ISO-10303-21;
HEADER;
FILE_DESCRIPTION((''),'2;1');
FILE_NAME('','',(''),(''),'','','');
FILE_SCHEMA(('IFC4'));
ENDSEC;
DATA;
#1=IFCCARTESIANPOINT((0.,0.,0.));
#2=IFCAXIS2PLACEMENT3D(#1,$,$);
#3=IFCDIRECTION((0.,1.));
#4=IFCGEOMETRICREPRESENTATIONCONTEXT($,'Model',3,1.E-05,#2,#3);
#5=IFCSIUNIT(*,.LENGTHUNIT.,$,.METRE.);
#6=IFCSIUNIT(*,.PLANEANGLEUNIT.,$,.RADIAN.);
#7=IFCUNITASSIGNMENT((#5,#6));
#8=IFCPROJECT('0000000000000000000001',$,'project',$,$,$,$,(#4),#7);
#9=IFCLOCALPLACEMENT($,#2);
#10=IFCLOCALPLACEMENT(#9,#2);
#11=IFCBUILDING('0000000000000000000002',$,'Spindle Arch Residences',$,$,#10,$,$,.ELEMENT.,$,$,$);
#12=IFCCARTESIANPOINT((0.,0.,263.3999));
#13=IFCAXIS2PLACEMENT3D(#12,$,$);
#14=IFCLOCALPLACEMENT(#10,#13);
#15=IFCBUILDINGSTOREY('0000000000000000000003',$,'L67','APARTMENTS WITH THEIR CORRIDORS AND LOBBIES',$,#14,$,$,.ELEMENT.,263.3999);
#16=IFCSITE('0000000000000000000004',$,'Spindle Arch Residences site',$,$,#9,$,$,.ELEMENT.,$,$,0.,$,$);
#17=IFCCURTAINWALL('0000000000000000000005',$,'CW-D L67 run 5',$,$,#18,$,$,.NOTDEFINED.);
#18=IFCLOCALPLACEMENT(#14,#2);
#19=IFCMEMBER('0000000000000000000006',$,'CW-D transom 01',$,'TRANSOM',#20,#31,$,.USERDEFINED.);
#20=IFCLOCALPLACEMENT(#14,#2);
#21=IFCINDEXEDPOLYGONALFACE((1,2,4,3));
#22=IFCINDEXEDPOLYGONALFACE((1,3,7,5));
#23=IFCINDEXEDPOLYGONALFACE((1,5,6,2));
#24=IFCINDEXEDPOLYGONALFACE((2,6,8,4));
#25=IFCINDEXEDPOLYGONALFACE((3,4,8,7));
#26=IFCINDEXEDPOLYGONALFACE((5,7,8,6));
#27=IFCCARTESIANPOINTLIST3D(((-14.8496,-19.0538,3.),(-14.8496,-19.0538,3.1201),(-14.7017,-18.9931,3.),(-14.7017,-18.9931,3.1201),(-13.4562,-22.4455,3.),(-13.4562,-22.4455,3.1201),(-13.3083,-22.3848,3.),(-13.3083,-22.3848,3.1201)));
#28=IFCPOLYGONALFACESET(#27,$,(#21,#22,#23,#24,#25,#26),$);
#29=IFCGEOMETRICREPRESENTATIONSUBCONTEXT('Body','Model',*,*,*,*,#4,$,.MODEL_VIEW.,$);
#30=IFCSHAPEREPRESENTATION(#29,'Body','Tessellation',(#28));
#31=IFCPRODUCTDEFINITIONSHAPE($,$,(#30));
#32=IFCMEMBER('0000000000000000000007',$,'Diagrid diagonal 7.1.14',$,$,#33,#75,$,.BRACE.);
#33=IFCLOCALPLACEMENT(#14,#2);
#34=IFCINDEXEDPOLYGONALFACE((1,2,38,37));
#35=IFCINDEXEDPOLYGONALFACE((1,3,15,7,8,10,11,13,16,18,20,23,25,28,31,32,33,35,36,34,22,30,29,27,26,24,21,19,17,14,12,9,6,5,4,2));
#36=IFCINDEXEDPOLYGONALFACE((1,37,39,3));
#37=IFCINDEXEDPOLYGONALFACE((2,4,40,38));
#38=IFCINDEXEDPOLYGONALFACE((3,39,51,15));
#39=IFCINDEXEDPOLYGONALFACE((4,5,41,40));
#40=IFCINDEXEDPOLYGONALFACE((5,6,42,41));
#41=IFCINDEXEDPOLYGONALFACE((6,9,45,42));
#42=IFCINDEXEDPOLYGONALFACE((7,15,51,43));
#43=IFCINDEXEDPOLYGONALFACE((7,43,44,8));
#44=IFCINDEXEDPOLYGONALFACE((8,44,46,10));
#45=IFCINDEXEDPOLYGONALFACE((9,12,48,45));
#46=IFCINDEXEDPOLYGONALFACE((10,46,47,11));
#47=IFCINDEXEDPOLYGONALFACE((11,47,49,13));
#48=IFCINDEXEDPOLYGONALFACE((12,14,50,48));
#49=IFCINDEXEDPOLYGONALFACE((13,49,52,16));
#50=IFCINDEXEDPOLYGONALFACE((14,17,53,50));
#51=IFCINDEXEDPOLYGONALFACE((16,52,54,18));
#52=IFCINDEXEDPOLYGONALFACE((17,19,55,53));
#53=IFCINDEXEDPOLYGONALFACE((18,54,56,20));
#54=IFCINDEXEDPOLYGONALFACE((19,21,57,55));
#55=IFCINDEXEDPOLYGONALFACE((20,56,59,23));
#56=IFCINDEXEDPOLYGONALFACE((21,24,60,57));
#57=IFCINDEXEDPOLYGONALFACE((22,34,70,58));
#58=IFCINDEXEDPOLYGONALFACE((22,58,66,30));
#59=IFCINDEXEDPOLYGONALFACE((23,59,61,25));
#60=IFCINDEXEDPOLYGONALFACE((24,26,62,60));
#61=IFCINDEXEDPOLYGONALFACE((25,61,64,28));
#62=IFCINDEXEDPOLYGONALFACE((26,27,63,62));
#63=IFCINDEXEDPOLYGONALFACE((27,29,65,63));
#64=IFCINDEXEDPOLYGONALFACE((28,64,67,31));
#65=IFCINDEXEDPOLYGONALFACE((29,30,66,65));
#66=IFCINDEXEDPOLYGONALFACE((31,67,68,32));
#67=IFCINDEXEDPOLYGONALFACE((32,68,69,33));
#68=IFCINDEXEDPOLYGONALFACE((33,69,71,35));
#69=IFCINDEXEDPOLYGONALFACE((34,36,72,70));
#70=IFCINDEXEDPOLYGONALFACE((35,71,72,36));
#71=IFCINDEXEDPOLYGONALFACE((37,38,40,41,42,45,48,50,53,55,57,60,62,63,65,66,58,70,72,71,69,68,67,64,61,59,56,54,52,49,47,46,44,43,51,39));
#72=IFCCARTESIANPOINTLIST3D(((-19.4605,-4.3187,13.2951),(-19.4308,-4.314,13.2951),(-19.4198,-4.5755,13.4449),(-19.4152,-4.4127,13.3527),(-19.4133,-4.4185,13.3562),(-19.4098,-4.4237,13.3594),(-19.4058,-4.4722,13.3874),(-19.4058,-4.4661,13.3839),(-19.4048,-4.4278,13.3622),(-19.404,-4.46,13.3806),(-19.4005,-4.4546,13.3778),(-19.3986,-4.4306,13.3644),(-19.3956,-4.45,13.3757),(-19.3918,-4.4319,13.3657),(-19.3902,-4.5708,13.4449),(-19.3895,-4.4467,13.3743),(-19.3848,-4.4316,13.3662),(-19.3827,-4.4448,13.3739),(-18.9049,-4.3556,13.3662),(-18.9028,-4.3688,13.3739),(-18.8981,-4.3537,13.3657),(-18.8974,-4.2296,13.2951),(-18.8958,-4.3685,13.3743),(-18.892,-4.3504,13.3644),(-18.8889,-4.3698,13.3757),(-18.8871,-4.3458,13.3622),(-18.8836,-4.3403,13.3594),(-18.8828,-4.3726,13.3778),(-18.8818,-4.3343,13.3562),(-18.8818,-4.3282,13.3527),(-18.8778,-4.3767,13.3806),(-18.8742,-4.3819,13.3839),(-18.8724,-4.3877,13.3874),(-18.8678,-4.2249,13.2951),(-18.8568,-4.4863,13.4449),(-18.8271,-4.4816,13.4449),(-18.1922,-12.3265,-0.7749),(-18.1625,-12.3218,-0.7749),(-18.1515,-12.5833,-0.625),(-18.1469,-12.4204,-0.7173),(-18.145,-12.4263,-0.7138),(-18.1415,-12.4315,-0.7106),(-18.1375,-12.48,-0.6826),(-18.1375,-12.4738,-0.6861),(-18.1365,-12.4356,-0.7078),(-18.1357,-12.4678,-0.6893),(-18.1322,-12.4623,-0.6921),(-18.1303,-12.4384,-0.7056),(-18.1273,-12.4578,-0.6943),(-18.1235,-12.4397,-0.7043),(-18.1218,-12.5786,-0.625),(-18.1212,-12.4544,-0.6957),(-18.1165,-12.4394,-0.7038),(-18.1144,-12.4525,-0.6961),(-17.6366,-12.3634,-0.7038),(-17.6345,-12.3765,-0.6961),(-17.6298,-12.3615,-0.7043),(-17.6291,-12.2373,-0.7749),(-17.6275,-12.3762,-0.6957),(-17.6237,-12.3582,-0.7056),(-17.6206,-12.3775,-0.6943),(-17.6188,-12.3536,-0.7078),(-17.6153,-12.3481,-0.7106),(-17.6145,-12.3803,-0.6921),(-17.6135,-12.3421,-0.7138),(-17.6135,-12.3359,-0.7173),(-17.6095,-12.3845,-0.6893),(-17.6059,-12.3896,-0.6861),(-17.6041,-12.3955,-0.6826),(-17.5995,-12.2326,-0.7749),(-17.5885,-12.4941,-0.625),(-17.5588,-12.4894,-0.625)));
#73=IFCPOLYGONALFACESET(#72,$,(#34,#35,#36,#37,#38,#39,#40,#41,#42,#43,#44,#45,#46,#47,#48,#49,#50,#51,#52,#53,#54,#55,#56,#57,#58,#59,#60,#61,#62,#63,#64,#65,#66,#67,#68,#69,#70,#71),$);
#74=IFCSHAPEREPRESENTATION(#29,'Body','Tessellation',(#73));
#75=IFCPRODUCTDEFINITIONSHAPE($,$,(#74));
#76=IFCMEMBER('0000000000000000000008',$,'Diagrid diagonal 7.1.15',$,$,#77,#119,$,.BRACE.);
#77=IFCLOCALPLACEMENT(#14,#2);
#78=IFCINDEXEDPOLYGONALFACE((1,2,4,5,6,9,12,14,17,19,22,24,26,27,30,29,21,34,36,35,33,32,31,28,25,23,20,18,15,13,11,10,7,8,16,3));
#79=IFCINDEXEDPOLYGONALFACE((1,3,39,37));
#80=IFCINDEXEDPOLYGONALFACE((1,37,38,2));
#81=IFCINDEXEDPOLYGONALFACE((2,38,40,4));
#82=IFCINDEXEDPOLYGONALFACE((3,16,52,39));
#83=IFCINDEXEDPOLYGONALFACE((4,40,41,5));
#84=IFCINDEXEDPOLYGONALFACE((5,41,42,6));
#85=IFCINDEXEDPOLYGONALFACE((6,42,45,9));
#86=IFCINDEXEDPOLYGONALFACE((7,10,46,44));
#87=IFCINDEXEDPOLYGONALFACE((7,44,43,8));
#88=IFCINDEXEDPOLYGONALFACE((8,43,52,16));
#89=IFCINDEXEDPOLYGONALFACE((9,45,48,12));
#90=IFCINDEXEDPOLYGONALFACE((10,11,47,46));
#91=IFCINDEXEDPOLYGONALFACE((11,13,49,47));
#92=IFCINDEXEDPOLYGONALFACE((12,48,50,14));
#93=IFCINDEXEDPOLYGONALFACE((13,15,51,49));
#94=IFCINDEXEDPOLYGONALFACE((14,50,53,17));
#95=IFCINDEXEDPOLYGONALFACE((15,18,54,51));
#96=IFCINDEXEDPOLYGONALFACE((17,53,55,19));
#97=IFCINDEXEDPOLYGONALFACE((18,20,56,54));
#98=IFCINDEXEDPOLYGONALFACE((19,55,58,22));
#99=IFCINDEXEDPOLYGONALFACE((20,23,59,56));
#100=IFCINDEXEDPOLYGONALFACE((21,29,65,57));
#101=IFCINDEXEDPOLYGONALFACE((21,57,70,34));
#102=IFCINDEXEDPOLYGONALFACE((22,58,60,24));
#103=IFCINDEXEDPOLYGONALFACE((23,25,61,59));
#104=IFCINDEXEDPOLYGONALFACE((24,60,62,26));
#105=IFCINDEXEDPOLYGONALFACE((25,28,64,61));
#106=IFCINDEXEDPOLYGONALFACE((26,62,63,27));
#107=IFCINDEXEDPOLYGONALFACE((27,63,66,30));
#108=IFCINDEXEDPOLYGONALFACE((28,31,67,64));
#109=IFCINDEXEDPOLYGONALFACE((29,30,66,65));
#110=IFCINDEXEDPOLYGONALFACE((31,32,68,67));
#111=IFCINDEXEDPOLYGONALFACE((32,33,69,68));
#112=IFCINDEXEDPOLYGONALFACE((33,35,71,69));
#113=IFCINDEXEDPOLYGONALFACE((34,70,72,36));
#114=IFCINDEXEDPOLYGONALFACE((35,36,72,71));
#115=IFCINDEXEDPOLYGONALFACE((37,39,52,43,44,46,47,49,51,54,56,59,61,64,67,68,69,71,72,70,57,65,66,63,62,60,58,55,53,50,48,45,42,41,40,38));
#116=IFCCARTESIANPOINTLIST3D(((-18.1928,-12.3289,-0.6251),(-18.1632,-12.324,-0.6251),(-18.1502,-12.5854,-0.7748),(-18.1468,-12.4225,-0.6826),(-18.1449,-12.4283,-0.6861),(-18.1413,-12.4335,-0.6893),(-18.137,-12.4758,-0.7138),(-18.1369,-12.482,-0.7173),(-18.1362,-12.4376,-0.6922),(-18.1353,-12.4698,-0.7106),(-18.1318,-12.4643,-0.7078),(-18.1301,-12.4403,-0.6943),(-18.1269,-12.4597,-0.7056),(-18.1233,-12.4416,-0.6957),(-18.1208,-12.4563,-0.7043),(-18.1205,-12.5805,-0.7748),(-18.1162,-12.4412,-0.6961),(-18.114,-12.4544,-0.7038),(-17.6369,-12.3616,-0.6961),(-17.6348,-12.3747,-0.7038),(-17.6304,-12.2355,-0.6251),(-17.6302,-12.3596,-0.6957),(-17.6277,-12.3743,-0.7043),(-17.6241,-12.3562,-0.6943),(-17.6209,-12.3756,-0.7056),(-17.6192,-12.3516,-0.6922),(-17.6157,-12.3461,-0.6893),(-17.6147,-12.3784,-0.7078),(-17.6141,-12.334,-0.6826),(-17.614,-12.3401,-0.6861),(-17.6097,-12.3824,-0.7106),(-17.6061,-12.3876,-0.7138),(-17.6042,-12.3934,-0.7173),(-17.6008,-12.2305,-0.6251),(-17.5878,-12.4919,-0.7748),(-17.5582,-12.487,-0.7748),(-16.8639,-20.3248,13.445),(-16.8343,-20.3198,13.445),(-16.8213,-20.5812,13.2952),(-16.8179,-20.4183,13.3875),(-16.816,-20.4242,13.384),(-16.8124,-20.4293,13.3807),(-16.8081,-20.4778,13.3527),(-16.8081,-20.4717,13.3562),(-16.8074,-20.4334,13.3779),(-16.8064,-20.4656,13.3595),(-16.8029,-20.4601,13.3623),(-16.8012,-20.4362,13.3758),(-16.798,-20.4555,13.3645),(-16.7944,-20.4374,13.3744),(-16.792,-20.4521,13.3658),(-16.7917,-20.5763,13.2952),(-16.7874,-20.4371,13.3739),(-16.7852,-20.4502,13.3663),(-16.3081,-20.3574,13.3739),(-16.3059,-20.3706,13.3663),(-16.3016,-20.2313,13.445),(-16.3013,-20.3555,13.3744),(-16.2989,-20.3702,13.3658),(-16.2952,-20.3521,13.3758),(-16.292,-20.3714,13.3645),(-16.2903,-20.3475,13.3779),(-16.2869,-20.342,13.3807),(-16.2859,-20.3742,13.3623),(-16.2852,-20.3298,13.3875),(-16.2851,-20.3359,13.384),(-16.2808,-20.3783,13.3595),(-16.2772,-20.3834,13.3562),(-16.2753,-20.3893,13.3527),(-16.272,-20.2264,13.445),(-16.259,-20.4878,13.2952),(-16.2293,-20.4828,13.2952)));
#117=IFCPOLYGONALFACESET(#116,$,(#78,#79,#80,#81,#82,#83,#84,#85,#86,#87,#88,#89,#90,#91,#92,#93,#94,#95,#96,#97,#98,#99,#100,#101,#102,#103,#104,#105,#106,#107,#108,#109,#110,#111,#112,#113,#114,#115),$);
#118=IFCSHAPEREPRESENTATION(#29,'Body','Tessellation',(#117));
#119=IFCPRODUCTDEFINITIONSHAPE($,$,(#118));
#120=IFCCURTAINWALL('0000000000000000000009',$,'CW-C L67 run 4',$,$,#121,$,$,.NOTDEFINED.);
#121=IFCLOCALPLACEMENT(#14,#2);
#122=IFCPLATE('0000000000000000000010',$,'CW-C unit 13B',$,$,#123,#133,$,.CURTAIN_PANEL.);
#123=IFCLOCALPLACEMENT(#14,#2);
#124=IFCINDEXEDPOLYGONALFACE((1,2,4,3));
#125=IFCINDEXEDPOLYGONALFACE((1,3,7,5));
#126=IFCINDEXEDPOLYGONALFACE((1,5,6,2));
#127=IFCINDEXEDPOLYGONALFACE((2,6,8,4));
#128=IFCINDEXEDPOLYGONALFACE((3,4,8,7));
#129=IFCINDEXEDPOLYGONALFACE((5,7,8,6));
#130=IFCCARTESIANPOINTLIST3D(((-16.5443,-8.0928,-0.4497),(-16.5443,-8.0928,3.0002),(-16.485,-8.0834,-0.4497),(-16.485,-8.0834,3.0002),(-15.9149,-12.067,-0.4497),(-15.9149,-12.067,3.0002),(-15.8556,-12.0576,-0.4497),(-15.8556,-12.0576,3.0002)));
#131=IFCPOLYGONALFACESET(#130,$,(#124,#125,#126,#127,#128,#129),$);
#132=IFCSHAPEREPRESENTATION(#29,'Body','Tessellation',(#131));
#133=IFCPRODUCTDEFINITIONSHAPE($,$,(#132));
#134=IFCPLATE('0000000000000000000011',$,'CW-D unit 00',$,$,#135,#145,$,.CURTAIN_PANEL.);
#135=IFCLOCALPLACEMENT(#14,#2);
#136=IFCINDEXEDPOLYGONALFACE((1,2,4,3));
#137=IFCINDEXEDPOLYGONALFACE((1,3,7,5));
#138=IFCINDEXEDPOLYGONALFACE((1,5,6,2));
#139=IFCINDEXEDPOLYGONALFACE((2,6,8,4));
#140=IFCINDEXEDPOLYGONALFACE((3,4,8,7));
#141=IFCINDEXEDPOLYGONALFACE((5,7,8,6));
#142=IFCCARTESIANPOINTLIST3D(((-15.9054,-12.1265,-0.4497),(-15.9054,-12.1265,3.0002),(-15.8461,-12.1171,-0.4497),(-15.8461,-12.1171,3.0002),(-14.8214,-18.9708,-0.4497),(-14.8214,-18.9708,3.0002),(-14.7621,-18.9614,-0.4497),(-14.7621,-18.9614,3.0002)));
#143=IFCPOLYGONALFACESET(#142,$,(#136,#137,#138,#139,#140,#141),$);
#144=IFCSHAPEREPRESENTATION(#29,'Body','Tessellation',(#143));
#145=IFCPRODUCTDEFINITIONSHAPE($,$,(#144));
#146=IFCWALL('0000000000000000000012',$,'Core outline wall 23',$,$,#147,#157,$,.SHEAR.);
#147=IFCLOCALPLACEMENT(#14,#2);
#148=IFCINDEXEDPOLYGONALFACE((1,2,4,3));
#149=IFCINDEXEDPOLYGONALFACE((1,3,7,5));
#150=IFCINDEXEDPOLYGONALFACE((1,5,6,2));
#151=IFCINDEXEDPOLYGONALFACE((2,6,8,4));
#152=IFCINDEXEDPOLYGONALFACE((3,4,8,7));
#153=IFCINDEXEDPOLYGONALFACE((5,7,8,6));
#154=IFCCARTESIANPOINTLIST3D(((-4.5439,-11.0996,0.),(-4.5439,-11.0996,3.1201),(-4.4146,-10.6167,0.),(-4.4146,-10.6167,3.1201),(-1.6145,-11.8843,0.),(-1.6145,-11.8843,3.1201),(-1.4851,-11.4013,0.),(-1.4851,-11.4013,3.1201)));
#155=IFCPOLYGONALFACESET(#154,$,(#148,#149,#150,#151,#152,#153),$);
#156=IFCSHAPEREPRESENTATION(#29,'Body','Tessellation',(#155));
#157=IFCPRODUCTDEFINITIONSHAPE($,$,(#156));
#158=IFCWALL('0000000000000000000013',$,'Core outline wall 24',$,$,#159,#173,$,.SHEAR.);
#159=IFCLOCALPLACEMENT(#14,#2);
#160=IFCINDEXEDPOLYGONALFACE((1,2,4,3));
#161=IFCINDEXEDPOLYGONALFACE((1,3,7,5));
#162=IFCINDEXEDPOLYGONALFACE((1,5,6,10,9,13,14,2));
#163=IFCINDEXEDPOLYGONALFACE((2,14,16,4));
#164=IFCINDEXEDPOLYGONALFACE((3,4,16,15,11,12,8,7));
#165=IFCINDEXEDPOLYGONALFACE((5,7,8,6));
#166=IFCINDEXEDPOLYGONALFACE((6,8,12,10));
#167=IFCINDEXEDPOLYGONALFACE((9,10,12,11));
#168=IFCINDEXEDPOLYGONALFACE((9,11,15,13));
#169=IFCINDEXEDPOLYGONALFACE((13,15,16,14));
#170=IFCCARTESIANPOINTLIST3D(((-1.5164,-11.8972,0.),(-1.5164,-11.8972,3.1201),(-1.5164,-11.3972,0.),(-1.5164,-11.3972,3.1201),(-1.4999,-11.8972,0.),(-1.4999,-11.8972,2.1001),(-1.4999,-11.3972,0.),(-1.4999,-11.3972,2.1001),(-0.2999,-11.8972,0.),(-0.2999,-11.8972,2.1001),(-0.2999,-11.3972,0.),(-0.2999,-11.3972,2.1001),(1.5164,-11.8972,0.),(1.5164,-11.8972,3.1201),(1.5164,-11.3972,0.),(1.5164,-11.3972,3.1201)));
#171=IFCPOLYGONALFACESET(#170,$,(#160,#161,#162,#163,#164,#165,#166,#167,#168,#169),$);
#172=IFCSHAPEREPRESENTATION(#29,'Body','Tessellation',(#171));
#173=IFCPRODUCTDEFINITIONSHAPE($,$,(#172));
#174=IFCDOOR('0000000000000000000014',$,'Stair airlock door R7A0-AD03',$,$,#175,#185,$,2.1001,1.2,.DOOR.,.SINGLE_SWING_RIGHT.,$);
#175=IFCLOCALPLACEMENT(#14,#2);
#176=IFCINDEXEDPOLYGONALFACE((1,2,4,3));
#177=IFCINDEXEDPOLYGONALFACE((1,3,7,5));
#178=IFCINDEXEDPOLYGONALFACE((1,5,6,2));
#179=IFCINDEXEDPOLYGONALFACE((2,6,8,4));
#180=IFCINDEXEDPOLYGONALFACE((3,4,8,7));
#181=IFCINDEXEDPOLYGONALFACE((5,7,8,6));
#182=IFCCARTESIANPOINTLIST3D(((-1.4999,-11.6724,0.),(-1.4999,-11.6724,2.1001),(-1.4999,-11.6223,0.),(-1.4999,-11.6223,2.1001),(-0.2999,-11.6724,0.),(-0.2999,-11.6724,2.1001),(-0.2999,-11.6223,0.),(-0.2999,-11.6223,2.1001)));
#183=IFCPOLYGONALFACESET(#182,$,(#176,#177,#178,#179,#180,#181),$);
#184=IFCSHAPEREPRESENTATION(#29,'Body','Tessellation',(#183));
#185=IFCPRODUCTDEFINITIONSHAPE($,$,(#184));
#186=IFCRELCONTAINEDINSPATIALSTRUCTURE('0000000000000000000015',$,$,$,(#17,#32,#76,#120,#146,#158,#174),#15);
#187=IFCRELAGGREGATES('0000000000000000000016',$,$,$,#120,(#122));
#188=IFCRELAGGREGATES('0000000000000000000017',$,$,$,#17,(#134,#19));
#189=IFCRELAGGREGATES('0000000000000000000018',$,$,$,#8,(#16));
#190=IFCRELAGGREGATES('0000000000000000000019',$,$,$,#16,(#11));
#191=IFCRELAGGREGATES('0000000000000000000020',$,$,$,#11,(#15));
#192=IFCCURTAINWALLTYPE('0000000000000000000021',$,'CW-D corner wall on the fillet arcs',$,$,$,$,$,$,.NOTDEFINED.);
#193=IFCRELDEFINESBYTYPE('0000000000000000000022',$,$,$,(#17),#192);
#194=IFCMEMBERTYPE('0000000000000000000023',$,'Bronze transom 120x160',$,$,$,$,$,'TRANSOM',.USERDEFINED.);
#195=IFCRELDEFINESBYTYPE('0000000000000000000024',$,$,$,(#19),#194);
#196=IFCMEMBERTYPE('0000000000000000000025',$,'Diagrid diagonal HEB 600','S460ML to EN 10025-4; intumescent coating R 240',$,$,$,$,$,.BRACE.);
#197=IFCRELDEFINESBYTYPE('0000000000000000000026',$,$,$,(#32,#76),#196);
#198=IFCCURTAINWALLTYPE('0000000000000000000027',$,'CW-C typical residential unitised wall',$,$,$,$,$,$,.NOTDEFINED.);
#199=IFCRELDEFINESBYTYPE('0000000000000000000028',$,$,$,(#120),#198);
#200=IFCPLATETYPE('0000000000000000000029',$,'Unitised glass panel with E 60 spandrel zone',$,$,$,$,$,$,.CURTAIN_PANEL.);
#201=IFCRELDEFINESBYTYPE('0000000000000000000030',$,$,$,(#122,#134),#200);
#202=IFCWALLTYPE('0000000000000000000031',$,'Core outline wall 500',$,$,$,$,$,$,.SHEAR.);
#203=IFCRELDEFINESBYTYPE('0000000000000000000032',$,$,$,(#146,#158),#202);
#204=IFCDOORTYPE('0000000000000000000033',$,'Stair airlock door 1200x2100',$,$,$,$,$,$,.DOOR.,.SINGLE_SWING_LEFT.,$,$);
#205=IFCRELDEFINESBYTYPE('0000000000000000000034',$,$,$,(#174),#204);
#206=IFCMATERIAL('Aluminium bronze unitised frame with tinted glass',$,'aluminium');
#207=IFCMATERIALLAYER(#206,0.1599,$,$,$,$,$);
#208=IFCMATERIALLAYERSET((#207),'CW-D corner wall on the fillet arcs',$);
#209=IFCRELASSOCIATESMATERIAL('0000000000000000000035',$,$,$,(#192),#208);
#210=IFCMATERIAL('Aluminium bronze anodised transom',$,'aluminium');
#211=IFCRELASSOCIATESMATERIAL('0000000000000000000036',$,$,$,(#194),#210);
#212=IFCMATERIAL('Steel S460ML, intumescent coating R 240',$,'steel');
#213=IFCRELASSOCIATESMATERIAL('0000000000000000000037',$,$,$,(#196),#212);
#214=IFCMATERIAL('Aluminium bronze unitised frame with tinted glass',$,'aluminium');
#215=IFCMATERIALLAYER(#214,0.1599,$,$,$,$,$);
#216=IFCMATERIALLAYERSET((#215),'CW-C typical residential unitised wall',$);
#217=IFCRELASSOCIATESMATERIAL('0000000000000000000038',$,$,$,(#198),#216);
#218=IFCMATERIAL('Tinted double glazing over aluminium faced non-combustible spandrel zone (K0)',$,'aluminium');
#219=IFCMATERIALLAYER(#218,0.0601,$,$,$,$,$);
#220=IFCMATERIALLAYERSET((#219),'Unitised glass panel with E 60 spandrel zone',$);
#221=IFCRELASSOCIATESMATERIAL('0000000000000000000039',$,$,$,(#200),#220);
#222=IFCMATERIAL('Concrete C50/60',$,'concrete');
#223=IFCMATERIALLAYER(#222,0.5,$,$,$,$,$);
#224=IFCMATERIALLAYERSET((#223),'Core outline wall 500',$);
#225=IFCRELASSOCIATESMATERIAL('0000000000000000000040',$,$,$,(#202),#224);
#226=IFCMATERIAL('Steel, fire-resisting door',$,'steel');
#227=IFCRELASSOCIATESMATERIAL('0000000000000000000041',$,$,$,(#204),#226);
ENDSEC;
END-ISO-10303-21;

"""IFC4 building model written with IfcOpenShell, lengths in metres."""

from ifc_helpers import new_model, si_unit, direction, frame, frame_2d, origin, origin_2d, place, context, subcontext, project, spatial, rectangle, i_section, extrude, material, layer, layer_set, material_profile, profile_set, type_object, element, fill, aggregate, save


model = new_model("IFC4")

# Units and contexts
model_context = context("Model", 3, precision=1e-05, world=origin(), true_north=direction((0.0, 1.0)))
body_context = subcontext(model_context, "Body", "Model", "MODEL_VIEW")
ifc_project = project(units=[si_unit("LENGTHUNIT", "METRE"), si_unit("PLANEANGLEUNIT", "RADIAN")], contexts=[model_context])

# Site, building, storey
site_placement = place(None, origin())
site = spatial("IfcSite", under=ifc_project, at=site_placement, Name="Spindle Arch Residences site", CompositionType="ELEMENT", RefElevation=0.0)
building_placement = place(site_placement, origin())
building = spatial("IfcBuilding", under=site, at=building_placement, Name="Spindle Arch Residences", CompositionType="ELEMENT")
storey_placement = place(building_placement, frame((0.0, 0.0, 263.3999)))
storey = spatial("IfcBuildingStorey", under=building, at=storey_placement, Name="L67", Description="APARTMENTS WITH THEIR CORRIDORS AND LOBBIES", CompositionType="ELEMENT", Elevation=263.3999)

# Curtain wall, member
ifc_material_1 = material(Name="Aluminium bronze unitised frame with tinted glass", Category="aluminium")
ifc_layer_1 = layer(ifc_material_1, 0.1599)
ifc_layer_set_1 = layer_set([ifc_layer_1], Name="CW-D corner wall on the fillet arcs")
curtain_wall_type_1 = type_object("IfcCurtainWallType", Name="CW-D corner wall on the fillet arcs", PredefinedType="NOTDEFINED", material=ifc_layer_set_1)
curtain_wall_1_placement = place(storey_placement, origin())
curtain_wall_1 = element("IfcCurtainWall", 1, at=curtain_wall_1_placement, inside=storey, type_object=curtain_wall_type_1, Name="CW-D L67 run 5", PredefinedType="NOTDEFINED")
ifc_material_2 = material(Name="Aluminium bronze anodised transom", Category="aluminium")
ifc_material_profile_1 = material_profile(ifc_material_2, rectangle(XDim=0.1599, YDim=0.1201, at=origin_2d()), Name="TR 120x160")
ifc_profile_set_1 = profile_set([ifc_material_profile_1], Name="Aluminium bronze anodised transom")
member_type_1 = type_object("IfcMemberType", Name="Bronze transom 120x160", ElementType="TRANSOM", PredefinedType="USERDEFINED", material=ifc_profile_set_1)
member_1_placement = place(storey_placement, frame((-14.7756, -19.0234, 3.0601), z_axis=(0.379996, -0.924988, 0.0), x_axis=(0.924988, 0.379996, 0.0)))
member_1 = element("IfcMember", 2, at=member_1_placement, type_object=member_type_1, Name="CW-D transom 01", ObjectType="TRANSOM", PredefinedType="USERDEFINED", context=body_context, shape_type="SweptSolid", body=[
    extrude(rectangle(XDim=0.1599, YDim=0.1201, at=origin_2d()), origin(), (0.0, 0.0, 1.0), 3.6667),
])

# Members
ifc_material_3 = material(Name="Steel S460ML, intumescent coating R 240", Category="steel")
ifc_material_profile_2 = material_profile(ifc_material_3, i_section(OverallWidth=0.3, OverallDepth=0.6001, WebThickness=0.0154, FlangeThickness=0.03, FilletRadius=0.0271, at=origin_2d()), Name="HEB 600")
ifc_profile_set_2 = profile_set([ifc_material_profile_2], Name="Steel S460ML, intumescent coating R 240")
member_type_2 = type_object("IfcMemberType", Name="Diagrid diagonal HEB 600", Description="S460ML to EN 10025-4; intumescent coating R 240", PredefinedType="BRACE", material=ifc_profile_set_2)
member_2_placement = place(storey_placement, frame((-17.8755, -12.408, -0.7), z_axis=(-0.078103, 0.493127, 0.866444), x_axis=(0.135542, -0.855777, 0.499273)))
element("IfcMember", 3, at=member_2_placement, inside=storey, type_object=member_type_2, Name="Diagrid diagonal 7.1.14", PredefinedType="BRACE", context=body_context, shape_type="SweptSolid", body=[
    extrude(i_section(OverallWidth=0.3, OverallDepth=0.6001, WebThickness=0.0154, FlangeThickness=0.03, FilletRadius=0.0271, at=origin_2d()), origin(), (0.0, 0.0, 1.0), 16.2388),
])
member_3_placement = place(storey_placement, frame((-17.8755, -12.408, -0.7), z_axis=(0.081837, -0.492422, 0.866501), x_axis=(-0.142058, 0.854776, 0.499176)))
element("IfcMember", 4, at=member_3_placement, inside=storey, type_object=member_type_2, Name="Diagrid diagonal 7.1.15", PredefinedType="BRACE", context=body_context, shape_type="SweptSolid", body=[
    extrude(i_section(OverallWidth=0.3, OverallDepth=0.6001, WebThickness=0.0154, FlangeThickness=0.03, FilletRadius=0.0271, at=origin_2d()), origin(), (0.0, 0.0, 1.0), 16.2378),
])

# Curtain wall, plate
ifc_material_4 = material(Name="Aluminium bronze unitised frame with tinted glass", Category="aluminium")
ifc_layer_2 = layer(ifc_material_4, 0.1599)
ifc_layer_set_2 = layer_set([ifc_layer_2], Name="CW-C typical residential unitised wall")
curtain_wall_type_2 = type_object("IfcCurtainWallType", Name="CW-C typical residential unitised wall", PredefinedType="NOTDEFINED", material=ifc_layer_set_2)
curtain_wall_2_placement = place(storey_placement, origin())
curtain_wall_2 = element("IfcCurtainWall", 5, at=curtain_wall_2_placement, inside=storey, type_object=curtain_wall_type_2, Name="CW-C L67 run 4", PredefinedType="NOTDEFINED")
ifc_material_5 = material(Name="Tinted double glazing over aluminium faced non-combustible spandrel zone (K0)", Category="aluminium")
ifc_layer_3 = layer(ifc_material_5, 0.0601)
ifc_layer_set_3 = layer_set([ifc_layer_3], Name="Unitised glass panel with E 60 spandrel zone")
plate_type = type_object("IfcPlateType", Name="Unitised glass panel with E 60 spandrel zone", PredefinedType="CURTAIN_PANEL", material=ifc_layer_set_3)
plate_1_placement = place(storey_placement, frame((-16.2, -10.0752, -0.4497), z_axis=(0.0, 0.0, 1.0), x_axis=(0.156434, -0.987688, 0.0)))
plate_1 = element("IfcPlate", 6, at=plate_1_placement, type_object=plate_type, Name="CW-C unit 13B", PredefinedType="CURTAIN_PANEL", context=body_context, shape_type="SweptSolid", body=[
    extrude(rectangle(XDim=4.0237, YDim=0.0601, at=origin_2d()), origin(), (0.0, 0.0, 1.0), 3.45),
])
aggregate(curtain_wall_2, [plate_1])

# Plate
plate_2_placement = place(storey_placement, frame((-15.3337, -15.5439, -0.4497), z_axis=(0.0, 0.0, 1.0), x_axis=(0.156434, -0.987688, 0.0)))
plate_2 = element("IfcPlate", 7, at=plate_2_placement, type_object=plate_type, Name="CW-D unit 00", PredefinedType="CURTAIN_PANEL", context=body_context, shape_type="SweptSolid", body=[
    extrude(rectangle(XDim=6.9297, YDim=0.0601, at=origin_2d()), origin(), (0.0, 0.0, 1.0), 3.45),
])
aggregate(curtain_wall_1, [plate_2, member_1])

# Wall
ifc_material_6 = material(Name="Concrete C50/60", Category="concrete")
ifc_layer_4 = layer(ifc_material_6, 0.5)
ifc_layer_set_4 = layer_set([ifc_layer_4], Name="Core outline wall 500")
wall_type_1 = type_object("IfcWallType", Name="Core outline wall 500", PredefinedType="SHEAR", material=ifc_layer_set_4)
wall_1_placement = place(storey_placement, frame((-4.4792, -10.8582, 0.0), z_axis=(0.0, 0.0, 1.0), x_axis=(0.965948, -0.258735, 0.0)))
element("IfcWall", 8, at=wall_1_placement, inside=storey, type_object=wall_type_1, Name="Core outline wall 23", PredefinedType="SHEAR", context=body_context, shape_type="SweptSolid", body=[
    extrude(rectangle(XDim=3.0327, YDim=0.5, at=frame_2d((1.5164, 0.0))), origin(), (0.0, 0.0, 1.0), 3.1201),
])

# Wall, opening, door
wall_2_placement = place(storey_placement, frame((-1.5164, -11.6472, 0.0), z_axis=(0.0, 0.0, 1.0), x_axis=(1.0, 0.0, 0.0)))
wall_2 = element("IfcWall", 9, at=wall_2_placement, inside=storey, type_object=wall_type_1, Name="Core outline wall 24", PredefinedType="SHEAR", context=body_context, shape_type="SweptSolid", body=[
    extrude(rectangle(XDim=3.0327, YDim=0.5, at=frame_2d((1.5164, 0.0))), origin(), (0.0, 0.0, 1.0), 3.1201),
])
opening_1_placement = place(wall_2_placement, frame((0.0164, 0.0, 0.0)))
opening_1 = element("IfcOpeningElement", 10, at=opening_1_placement, cuts=wall_2, PredefinedType="OPENING", context=body_context, shape_type="SweptSolid", body=[
    extrude(rectangle(XDim=1.2, YDim=2.1001, at=frame_2d((0.6001, 1.05))), frame((0.0, 0.26, 0.0), z_axis=(0.0, -1.0, 0.0), x_axis=(1.0, 0.0, 0.0)), (0.0, 0.0, 1.0), 0.52),
])
ifc_material_7 = material(Name="Steel, fire-resisting door", Category="steel")
door_type_1 = type_object("IfcDoorType", Name="Stair airlock door 1200x2100", OperationType="SINGLE_SWING_LEFT", PredefinedType="DOOR", material=ifc_material_7)
door_1_placement = place(opening_1_placement, origin())
door_1 = element("IfcDoor", 11, at=door_1_placement, inside=storey, type_object=door_type_1, Name="Stair airlock door R7A0-AD03", OperationType="SINGLE_SWING_RIGHT", OverallHeight=2.1001, OverallWidth=1.2, PredefinedType="DOOR", context=body_context, shape_type="SweptSolid", body=[
    extrude(rectangle(XDim=1.2, YDim=2.1001, at=frame_2d((0.6001, 1.05))), frame((0.0, 0.0249, 0.0), z_axis=(0.0, -1.0, 0.0), x_axis=(1.0, 0.0, 0.0)), (0.0, 0.0, 1.0), 0.05),
])
fill(opening_1, door_1)

save(model, "model.ifc")
